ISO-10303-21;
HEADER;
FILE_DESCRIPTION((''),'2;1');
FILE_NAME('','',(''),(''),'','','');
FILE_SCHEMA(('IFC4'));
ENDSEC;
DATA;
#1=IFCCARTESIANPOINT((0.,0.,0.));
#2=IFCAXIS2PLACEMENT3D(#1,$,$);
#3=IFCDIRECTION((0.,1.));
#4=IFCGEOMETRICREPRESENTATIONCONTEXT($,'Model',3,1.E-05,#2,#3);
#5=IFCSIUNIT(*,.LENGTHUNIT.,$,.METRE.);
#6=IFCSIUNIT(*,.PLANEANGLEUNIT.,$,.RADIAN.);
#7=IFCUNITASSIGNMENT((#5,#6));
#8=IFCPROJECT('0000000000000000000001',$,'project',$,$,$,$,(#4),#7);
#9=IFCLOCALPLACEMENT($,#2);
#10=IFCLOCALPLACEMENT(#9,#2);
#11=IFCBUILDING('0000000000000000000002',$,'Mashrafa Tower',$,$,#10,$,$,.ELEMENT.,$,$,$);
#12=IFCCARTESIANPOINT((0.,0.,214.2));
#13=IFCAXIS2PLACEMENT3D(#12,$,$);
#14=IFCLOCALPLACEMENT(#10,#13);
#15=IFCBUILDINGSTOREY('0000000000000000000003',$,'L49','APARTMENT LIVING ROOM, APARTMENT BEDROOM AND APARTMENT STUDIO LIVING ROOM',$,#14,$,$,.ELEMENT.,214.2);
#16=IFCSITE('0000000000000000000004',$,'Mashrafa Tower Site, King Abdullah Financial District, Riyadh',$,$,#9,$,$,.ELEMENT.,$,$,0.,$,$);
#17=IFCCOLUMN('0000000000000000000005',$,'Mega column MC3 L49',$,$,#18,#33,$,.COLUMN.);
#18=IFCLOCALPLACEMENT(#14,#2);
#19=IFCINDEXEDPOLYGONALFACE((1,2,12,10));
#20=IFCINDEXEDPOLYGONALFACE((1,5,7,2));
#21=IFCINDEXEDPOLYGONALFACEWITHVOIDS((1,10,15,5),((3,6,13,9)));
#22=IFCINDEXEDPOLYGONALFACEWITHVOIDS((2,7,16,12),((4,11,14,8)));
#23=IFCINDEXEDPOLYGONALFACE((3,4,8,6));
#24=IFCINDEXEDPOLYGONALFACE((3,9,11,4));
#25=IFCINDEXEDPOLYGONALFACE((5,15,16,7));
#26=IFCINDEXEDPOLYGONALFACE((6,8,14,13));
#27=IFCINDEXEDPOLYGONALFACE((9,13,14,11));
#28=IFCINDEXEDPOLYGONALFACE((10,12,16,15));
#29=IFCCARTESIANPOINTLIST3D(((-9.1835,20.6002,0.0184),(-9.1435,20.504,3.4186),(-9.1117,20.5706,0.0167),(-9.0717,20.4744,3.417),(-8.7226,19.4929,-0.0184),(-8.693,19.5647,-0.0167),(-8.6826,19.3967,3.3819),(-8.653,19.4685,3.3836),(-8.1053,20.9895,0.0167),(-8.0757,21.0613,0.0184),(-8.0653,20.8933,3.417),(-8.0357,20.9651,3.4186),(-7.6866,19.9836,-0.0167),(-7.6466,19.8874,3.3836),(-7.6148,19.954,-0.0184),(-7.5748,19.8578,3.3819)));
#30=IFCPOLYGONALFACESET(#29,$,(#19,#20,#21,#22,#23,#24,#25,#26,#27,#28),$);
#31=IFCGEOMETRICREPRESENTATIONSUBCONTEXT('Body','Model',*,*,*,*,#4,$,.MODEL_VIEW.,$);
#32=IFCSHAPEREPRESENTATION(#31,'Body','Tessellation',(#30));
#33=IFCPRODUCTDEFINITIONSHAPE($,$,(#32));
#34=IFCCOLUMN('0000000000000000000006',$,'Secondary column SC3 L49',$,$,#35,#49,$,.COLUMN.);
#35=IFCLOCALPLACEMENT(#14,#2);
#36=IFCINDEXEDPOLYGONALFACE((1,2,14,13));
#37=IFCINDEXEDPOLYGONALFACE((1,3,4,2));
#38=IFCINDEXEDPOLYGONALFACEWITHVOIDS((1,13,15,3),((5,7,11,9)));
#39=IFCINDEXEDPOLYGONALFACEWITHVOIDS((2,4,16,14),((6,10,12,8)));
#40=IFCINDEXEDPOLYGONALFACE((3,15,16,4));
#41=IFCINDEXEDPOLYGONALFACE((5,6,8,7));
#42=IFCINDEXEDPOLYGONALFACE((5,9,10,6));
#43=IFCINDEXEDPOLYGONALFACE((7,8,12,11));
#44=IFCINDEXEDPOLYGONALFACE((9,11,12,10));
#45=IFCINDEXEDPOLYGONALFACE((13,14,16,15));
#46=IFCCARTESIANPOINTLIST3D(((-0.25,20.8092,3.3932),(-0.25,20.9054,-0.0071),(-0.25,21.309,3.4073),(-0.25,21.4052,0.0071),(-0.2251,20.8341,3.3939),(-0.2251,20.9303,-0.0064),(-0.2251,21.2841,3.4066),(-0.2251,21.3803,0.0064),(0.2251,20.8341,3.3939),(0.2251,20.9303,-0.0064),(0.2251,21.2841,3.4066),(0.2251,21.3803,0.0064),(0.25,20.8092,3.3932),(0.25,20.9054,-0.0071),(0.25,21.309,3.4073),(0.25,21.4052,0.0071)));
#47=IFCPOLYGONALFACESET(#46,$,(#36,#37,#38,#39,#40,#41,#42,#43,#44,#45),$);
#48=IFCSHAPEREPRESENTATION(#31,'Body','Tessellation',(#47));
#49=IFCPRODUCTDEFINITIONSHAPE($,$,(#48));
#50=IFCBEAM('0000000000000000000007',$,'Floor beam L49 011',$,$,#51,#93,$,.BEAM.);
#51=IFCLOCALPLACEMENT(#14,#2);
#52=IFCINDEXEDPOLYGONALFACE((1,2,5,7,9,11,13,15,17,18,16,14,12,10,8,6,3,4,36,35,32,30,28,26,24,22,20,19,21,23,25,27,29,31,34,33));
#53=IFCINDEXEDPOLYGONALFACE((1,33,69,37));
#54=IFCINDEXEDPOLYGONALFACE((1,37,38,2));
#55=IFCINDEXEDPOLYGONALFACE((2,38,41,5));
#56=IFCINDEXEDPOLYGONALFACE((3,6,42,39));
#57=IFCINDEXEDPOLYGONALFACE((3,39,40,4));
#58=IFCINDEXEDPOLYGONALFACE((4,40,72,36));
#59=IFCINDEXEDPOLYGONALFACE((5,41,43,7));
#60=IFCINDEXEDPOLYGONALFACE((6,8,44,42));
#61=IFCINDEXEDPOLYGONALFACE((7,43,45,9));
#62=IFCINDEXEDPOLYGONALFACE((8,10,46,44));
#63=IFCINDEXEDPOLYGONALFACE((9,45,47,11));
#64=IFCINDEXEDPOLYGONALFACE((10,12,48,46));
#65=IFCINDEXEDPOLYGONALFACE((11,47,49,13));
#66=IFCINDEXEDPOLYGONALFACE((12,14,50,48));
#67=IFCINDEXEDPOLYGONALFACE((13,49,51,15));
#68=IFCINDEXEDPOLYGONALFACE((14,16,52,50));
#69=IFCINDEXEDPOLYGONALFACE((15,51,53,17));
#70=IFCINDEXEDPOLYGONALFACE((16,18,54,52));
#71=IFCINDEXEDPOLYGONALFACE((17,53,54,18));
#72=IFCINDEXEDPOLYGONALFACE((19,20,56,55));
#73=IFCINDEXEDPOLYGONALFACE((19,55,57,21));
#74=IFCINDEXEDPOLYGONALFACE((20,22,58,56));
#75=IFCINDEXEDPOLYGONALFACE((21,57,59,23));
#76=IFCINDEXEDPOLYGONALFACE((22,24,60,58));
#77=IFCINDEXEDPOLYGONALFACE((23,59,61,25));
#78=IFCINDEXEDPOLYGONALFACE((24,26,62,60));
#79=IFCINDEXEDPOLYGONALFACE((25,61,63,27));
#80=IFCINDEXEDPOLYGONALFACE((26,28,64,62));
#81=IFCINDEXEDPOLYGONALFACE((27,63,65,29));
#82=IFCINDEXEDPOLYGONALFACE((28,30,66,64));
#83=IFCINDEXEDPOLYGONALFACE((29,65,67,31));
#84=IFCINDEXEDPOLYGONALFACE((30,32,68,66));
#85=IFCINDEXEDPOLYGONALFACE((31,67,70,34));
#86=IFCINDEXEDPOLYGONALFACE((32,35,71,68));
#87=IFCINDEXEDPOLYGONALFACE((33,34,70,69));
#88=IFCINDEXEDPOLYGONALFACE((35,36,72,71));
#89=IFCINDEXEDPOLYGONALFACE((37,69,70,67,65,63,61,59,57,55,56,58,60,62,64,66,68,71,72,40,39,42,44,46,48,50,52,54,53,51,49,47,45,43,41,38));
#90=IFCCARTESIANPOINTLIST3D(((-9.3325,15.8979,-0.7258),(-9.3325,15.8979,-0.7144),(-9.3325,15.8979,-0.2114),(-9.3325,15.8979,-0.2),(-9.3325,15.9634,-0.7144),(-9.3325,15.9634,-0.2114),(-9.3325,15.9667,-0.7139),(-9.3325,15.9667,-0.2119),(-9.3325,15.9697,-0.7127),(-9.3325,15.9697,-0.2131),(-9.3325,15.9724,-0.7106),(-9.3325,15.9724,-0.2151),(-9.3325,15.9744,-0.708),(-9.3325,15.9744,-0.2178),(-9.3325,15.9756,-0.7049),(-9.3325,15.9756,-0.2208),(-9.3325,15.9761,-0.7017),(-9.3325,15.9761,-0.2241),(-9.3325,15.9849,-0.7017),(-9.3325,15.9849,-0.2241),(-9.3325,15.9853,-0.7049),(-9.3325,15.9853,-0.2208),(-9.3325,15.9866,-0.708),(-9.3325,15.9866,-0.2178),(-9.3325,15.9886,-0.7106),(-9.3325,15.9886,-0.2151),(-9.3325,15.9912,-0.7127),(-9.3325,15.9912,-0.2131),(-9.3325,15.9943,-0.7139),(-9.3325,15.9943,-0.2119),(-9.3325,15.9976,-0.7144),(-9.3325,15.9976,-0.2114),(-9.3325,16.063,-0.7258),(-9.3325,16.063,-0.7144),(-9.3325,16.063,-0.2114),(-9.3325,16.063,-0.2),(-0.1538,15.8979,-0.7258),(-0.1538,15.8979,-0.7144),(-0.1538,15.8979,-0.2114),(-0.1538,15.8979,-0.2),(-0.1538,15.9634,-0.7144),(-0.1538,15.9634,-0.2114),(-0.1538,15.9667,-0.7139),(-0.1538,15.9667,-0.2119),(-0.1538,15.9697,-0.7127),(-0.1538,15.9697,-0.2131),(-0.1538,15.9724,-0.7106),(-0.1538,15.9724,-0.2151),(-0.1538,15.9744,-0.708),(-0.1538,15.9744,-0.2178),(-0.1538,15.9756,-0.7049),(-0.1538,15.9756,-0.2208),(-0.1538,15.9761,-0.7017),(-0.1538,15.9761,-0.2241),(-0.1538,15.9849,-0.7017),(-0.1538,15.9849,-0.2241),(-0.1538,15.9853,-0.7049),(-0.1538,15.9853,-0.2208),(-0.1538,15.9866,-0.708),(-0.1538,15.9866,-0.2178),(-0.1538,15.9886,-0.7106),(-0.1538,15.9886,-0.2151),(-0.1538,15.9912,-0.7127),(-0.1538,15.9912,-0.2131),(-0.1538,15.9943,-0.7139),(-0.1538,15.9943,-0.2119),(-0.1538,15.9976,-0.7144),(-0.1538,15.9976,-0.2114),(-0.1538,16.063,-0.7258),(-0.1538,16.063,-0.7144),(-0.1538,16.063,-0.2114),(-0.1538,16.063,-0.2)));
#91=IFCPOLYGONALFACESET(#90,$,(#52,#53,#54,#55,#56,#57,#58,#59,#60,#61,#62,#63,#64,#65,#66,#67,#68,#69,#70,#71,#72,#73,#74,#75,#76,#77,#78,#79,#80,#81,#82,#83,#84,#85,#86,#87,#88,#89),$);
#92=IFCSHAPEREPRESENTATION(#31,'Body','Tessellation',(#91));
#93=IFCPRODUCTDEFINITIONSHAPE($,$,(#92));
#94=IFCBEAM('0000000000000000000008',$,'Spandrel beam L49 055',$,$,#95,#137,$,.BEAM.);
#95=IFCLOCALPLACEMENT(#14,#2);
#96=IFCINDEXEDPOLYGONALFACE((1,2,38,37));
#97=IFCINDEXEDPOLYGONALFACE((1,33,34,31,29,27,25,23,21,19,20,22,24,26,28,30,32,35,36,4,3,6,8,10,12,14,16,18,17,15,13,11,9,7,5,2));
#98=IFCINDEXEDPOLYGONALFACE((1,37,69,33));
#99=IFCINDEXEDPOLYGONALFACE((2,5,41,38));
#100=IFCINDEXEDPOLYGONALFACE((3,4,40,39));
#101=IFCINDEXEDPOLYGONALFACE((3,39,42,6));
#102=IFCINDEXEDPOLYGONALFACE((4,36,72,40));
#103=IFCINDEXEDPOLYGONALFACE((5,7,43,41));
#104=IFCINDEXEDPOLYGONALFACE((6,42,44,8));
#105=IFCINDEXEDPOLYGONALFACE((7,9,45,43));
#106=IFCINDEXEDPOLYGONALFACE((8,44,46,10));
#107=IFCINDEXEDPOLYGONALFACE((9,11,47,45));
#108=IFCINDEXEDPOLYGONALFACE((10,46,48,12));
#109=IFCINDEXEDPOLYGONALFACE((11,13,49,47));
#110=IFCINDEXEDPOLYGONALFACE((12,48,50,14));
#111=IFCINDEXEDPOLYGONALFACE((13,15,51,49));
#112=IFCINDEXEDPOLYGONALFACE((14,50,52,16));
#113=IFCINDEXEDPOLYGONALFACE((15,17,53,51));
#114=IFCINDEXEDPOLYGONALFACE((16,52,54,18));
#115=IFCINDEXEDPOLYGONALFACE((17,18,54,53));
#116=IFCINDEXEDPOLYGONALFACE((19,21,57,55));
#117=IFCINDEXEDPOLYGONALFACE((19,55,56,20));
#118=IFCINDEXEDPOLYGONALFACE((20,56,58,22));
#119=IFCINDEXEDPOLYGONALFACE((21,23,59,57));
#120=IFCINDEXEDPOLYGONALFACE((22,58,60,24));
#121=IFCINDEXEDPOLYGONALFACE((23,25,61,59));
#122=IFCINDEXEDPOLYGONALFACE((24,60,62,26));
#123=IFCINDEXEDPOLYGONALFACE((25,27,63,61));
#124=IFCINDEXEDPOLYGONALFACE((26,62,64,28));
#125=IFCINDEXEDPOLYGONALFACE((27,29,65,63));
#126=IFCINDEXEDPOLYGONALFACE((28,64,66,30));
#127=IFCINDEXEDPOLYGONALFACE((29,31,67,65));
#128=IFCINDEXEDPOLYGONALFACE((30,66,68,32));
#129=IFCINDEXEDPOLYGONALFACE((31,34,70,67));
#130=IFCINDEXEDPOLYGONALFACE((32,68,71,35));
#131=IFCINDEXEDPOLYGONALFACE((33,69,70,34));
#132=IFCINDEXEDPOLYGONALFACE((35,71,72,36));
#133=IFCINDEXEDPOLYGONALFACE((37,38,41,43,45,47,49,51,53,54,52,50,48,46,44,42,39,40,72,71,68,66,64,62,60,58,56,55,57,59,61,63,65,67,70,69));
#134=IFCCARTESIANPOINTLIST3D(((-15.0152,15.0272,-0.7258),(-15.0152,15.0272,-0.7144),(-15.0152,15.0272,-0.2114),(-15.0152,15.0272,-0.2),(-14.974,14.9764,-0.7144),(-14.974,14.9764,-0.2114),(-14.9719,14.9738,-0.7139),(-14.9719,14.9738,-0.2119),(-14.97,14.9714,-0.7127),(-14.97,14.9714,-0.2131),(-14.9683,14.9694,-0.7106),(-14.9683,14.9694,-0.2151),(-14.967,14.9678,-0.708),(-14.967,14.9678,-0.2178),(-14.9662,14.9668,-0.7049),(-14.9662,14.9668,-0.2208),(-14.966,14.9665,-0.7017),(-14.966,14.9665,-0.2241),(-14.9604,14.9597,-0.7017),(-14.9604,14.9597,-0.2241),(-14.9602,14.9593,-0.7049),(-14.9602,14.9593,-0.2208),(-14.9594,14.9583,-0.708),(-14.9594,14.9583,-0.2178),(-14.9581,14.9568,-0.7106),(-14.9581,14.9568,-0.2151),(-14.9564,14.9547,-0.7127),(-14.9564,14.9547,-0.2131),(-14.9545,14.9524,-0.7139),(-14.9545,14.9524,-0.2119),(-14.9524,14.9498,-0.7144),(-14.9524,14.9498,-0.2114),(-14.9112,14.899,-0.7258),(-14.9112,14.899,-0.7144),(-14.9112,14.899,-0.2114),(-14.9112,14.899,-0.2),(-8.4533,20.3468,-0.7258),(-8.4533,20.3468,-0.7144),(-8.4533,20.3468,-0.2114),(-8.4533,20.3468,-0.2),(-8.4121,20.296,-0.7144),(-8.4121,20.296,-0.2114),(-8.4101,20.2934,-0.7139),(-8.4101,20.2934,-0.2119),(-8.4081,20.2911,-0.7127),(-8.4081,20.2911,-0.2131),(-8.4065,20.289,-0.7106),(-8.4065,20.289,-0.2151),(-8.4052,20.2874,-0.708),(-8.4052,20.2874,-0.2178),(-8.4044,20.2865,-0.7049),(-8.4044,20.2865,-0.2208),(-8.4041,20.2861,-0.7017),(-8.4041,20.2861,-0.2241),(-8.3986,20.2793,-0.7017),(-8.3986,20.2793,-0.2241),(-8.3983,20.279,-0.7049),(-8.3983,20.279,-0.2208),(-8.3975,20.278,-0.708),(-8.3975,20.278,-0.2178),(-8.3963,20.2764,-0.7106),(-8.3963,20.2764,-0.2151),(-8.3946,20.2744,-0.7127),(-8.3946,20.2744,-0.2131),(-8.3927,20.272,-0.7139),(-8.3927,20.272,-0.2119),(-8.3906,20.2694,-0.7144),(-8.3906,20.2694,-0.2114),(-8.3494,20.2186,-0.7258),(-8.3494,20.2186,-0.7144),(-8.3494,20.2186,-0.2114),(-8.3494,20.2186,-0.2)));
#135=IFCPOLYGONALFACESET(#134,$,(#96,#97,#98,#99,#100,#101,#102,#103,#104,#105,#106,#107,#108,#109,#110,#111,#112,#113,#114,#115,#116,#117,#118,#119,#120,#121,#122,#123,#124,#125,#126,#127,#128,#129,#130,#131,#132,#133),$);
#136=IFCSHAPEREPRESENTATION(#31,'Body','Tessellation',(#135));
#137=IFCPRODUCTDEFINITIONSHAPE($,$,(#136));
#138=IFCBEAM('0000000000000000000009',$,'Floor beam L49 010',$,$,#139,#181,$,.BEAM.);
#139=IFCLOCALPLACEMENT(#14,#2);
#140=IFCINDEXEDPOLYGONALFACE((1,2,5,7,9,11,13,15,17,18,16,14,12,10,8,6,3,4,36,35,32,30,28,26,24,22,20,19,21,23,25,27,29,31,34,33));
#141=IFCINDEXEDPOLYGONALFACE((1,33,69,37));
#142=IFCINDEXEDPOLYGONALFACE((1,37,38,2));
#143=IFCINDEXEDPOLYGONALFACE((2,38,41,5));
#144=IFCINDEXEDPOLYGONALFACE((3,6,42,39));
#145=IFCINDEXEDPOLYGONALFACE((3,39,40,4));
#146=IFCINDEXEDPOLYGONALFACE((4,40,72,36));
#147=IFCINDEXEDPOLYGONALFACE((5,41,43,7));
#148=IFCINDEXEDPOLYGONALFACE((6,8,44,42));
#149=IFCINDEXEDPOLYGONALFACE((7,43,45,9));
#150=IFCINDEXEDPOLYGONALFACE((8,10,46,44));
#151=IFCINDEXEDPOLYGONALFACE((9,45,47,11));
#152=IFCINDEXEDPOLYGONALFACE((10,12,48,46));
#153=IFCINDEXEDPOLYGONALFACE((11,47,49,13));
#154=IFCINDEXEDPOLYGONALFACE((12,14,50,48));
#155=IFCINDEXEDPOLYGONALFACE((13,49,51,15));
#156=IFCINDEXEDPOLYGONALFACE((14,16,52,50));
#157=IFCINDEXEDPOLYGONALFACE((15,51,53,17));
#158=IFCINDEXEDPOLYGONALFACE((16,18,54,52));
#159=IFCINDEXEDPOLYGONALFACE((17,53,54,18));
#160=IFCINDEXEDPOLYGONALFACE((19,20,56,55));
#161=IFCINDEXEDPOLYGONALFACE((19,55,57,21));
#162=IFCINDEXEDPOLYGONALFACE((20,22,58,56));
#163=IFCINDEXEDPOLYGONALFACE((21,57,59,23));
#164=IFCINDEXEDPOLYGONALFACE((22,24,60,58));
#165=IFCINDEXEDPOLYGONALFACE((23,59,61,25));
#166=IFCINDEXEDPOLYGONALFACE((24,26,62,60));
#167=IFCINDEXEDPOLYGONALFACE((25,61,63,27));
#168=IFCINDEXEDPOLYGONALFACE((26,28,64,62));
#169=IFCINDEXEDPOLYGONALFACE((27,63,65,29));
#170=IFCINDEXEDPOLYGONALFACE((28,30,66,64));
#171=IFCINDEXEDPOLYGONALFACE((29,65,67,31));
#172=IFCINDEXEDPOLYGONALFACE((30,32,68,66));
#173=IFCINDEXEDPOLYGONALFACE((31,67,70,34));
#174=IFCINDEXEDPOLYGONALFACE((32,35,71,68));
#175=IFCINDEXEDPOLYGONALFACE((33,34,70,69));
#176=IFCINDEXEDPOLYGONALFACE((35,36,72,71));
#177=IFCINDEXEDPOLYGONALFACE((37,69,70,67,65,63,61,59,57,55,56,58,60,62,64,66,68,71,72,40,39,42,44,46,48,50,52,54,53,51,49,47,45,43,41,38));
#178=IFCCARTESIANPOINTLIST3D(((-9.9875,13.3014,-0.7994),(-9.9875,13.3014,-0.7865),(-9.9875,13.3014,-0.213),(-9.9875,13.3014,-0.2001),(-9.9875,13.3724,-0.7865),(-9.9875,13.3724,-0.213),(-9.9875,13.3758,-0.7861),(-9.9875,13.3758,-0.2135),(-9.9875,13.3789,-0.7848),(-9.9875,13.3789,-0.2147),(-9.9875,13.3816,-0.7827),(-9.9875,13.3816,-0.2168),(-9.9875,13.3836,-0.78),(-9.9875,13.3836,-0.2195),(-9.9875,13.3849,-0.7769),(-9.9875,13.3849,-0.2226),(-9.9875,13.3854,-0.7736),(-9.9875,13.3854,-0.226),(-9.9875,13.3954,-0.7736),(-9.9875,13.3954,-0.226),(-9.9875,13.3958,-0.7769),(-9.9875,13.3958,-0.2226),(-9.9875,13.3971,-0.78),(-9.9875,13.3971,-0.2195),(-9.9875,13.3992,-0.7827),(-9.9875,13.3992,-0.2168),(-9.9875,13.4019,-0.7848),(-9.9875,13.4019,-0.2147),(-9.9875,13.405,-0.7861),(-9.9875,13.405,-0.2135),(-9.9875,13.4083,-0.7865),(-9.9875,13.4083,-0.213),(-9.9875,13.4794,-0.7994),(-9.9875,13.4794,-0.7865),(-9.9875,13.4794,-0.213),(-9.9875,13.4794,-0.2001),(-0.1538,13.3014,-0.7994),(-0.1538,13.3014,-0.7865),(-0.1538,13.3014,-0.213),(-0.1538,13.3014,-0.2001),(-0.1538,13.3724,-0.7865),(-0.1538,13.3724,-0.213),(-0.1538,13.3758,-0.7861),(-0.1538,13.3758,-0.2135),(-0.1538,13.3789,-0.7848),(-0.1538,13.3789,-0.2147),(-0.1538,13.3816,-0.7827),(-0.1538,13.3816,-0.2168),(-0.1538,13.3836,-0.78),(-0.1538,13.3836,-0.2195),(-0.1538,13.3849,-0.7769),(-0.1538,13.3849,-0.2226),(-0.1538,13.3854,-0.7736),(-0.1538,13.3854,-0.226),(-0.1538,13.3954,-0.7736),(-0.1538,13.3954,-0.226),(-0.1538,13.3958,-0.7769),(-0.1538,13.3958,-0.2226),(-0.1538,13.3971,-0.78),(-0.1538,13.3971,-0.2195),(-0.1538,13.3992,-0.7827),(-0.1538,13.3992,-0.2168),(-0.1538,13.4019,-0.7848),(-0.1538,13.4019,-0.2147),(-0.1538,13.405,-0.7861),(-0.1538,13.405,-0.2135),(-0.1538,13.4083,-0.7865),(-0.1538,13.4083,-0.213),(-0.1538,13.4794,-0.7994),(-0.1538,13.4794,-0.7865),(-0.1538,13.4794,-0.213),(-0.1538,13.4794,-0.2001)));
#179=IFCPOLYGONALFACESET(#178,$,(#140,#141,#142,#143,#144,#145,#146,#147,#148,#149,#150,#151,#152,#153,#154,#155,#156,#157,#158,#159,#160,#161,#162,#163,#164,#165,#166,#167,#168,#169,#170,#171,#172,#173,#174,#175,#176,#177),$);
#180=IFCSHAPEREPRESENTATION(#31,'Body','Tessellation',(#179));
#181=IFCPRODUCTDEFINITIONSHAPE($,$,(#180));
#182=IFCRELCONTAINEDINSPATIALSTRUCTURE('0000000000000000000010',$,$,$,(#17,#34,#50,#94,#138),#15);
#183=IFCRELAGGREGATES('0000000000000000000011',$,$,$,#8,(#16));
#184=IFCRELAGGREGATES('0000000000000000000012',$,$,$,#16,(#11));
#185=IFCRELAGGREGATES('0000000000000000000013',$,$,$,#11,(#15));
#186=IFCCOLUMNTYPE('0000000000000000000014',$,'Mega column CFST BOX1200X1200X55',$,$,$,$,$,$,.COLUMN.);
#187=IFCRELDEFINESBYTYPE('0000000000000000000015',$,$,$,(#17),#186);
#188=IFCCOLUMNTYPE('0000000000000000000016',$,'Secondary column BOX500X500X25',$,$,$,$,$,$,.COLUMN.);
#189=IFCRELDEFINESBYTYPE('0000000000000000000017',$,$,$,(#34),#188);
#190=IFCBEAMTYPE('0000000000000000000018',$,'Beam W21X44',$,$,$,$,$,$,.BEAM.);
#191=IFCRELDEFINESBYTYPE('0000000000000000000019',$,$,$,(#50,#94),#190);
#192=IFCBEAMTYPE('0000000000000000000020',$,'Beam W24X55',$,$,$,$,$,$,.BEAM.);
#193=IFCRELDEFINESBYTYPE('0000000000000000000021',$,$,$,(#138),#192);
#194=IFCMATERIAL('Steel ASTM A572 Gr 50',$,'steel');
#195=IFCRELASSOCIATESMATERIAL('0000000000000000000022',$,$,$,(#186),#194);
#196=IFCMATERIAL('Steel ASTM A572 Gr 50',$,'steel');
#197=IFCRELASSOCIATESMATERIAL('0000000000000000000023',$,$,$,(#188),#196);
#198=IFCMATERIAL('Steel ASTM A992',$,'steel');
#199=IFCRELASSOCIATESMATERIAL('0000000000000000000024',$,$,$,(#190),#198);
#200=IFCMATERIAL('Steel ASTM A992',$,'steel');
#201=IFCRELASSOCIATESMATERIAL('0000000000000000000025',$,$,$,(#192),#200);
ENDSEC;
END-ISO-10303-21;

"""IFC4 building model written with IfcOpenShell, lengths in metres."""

from ifc_helpers import new_model, si_unit, direction, frame, origin, origin_2d, place, context, subcontext, project, spatial, hollow_rectangle, i_section, extrude, material, material_profile, profile_set, type_object, element, save


model = new_model("IFC4")

# Units and contexts
model_context = context("Model", 3, precision=1e-05, world=origin(), true_north=direction((0.0, 1.0)))
body_context = subcontext(model_context, "Body", "Model", "MODEL_VIEW")
ifc_project = project(units=[si_unit("LENGTHUNIT", "METRE"), si_unit("PLANEANGLEUNIT", "RADIAN")], contexts=[model_context])

# Site, building, storey
site_placement = place(None, origin())
site = spatial("IfcSite", under=ifc_project, at=site_placement, Name="Mashrafa Tower Site, King Abdullah Financial District, Riyadh", CompositionType="ELEMENT", RefElevation=0.0)
building_placement = place(site_placement, origin())
building = spatial("IfcBuilding", under=site, at=building_placement, Name="Mashrafa Tower", CompositionType="ELEMENT")
storey_placement = place(building_placement, frame((0.0, 0.0, 214.2)))
storey = spatial("IfcBuildingStorey", under=building, at=storey_placement, Name="L49", Description="APARTMENT LIVING ROOM, APARTMENT BEDROOM AND APARTMENT STUDIO LIVING ROOM", CompositionType="ELEMENT", Elevation=214.2)

# Columns
ifc_material_1 = material(Name="Steel ASTM A572 Gr 50", Category="steel")
ifc_material_profile_1 = material_profile(ifc_material_1, hollow_rectangle(XDim=1.2, YDim=1.2, WallThickness=0.0549, at=origin_2d()), Name="BOX1200X1200X55")
ifc_profile_set_1 = profile_set([ifc_material_profile_1], Name="Steel ASTM A572 Gr 50")
column_type_1 = type_object("IfcColumnType", Name="Mega column CFST BOX1200X1200X55", PredefinedType="COLUMN", material=ifc_profile_set_1)
column_1_placement = place(storey_placement, frame((-8.3992, 20.2771, 0.0), z_axis=(0.01177, -0.028277, 0.999531), x_axis=(0.923216, 0.384283, 0.0)))
element("IfcColumn", 1, at=column_1_placement, inside=storey, type_object=column_type_1, Name="Mega column MC3 L49", PredefinedType="COLUMN", context=body_context, shape_type="SweptSolid", body=[
    extrude(hollow_rectangle(XDim=1.2, YDim=1.2, WallThickness=0.0549, at=origin_2d()), origin(), (0.0, 0.0, 1.0), 3.4019),
])
ifc_material_2 = material(Name="Steel ASTM A572 Gr 50", Category="steel")
ifc_material_profile_2 = material_profile(ifc_material_2, hollow_rectangle(XDim=0.5, YDim=0.5, WallThickness=0.0249, at=origin_2d()), Name="BOX500X500X25")
ifc_profile_set_2 = profile_set([ifc_material_profile_2], Name="Steel ASTM A572 Gr 50")
column_type_2 = type_object("IfcColumnType", Name="Secondary column BOX500X500X25", PredefinedType="COLUMN", material=ifc_profile_set_2)
column_2_placement = place(storey_placement, frame((0.0, 21.1553, 0.0), z_axis=(0.0, -0.028279, 0.9996), x_axis=(1.0, 0.0, 0.0)))
element("IfcColumn", 2, at=column_2_placement, inside=storey, type_object=column_type_2, Name="Secondary column SC3 L49", PredefinedType="COLUMN", context=body_context, shape_type="SweptSolid", body=[
    extrude(hollow_rectangle(XDim=0.5, YDim=0.5, WallThickness=0.0249, at=origin_2d()), origin(), (0.0, 0.0, 1.0), 3.4016),
])

# Beams
ifc_material_3 = material(Name="Steel ASTM A992", Category="steel")
ifc_material_profile_3 = material_profile(ifc_material_3, i_section(OverallWidth=0.165, OverallDepth=0.5259, WebThickness=0.0088, FlangeThickness=0.0115, FilletRadius=0.0127, at=origin_2d()), Name="W21X44")
ifc_profile_set_3 = profile_set([ifc_material_profile_3], Name="Steel ASTM A992")
beam_type_1 = type_object("IfcBeamType", Name="Beam W21X44", PredefinedType="BEAM", material=ifc_profile_set_3)
beam_1_placement = place(storey_placement, frame((-9.3325, 15.9805, -0.4629), z_axis=(1.0, 0.0, 0.0), x_axis=(0.0, 1.0, 0.0)))
element("IfcBeam", 3, at=beam_1_placement, inside=storey, type_object=beam_type_1, Name="Floor beam L49 011", PredefinedType="BEAM", context=body_context, shape_type="SweptSolid", body=[
    extrude(i_section(OverallWidth=0.165, OverallDepth=0.5259, WebThickness=0.0088, FlangeThickness=0.0115, FilletRadius=0.0127, at=origin_2d()), origin(), (0.0, 0.0, 1.0), 9.1787),
])
beam_2_placement = place(storey_placement, frame((-8.4014, 20.2827, -0.4629), z_axis=(-0.7768, -0.629747, 0.0), x_axis=(0.629747, -0.7768, 0.0)))
element("IfcBeam", 4, at=beam_2_placement, inside=storey, type_object=beam_type_1, Name="Spandrel beam L49 055", PredefinedType="BEAM", context=body_context, shape_type="SweptSolid", body=[
    extrude(i_section(OverallWidth=0.165, OverallDepth=0.5259, WebThickness=0.0088, FlangeThickness=0.0115, FilletRadius=0.0127, at=origin_2d()), origin(), (0.0, 0.0, 1.0), 8.4473),
])
ifc_material_4 = material(Name="Steel ASTM A992", Category="steel")
ifc_material_profile_4 = material_profile(ifc_material_4, i_section(OverallWidth=0.178, OverallDepth=0.5994, WebThickness=0.01, FlangeThickness=0.0129, FilletRadius=0.0129, at=origin_2d()), Name="W24X55")
ifc_profile_set_4 = profile_set([ifc_material_profile_4], Name="Steel ASTM A992")
beam_type_2 = type_object("IfcBeamType", Name="Beam W24X55", PredefinedType="BEAM", material=ifc_profile_set_4)
beam_3_placement = place(storey_placement, frame((-9.9875, 13.3904, -0.4998), z_axis=(1.0, 0.0, 0.0), x_axis=(0.0, 1.0, 0.0)))
element("IfcBeam", 5, at=beam_3_placement, inside=storey, type_object=beam_type_2, Name="Floor beam L49 010", PredefinedType="BEAM", context=body_context, shape_type="SweptSolid", body=[
    extrude(i_section(OverallWidth=0.178, OverallDepth=0.5994, WebThickness=0.01, FlangeThickness=0.0129, FilletRadius=0.0129, at=origin_2d()), origin(), (0.0, 0.0, 1.0), 9.8337),
])

save(model, "model.ifc")
